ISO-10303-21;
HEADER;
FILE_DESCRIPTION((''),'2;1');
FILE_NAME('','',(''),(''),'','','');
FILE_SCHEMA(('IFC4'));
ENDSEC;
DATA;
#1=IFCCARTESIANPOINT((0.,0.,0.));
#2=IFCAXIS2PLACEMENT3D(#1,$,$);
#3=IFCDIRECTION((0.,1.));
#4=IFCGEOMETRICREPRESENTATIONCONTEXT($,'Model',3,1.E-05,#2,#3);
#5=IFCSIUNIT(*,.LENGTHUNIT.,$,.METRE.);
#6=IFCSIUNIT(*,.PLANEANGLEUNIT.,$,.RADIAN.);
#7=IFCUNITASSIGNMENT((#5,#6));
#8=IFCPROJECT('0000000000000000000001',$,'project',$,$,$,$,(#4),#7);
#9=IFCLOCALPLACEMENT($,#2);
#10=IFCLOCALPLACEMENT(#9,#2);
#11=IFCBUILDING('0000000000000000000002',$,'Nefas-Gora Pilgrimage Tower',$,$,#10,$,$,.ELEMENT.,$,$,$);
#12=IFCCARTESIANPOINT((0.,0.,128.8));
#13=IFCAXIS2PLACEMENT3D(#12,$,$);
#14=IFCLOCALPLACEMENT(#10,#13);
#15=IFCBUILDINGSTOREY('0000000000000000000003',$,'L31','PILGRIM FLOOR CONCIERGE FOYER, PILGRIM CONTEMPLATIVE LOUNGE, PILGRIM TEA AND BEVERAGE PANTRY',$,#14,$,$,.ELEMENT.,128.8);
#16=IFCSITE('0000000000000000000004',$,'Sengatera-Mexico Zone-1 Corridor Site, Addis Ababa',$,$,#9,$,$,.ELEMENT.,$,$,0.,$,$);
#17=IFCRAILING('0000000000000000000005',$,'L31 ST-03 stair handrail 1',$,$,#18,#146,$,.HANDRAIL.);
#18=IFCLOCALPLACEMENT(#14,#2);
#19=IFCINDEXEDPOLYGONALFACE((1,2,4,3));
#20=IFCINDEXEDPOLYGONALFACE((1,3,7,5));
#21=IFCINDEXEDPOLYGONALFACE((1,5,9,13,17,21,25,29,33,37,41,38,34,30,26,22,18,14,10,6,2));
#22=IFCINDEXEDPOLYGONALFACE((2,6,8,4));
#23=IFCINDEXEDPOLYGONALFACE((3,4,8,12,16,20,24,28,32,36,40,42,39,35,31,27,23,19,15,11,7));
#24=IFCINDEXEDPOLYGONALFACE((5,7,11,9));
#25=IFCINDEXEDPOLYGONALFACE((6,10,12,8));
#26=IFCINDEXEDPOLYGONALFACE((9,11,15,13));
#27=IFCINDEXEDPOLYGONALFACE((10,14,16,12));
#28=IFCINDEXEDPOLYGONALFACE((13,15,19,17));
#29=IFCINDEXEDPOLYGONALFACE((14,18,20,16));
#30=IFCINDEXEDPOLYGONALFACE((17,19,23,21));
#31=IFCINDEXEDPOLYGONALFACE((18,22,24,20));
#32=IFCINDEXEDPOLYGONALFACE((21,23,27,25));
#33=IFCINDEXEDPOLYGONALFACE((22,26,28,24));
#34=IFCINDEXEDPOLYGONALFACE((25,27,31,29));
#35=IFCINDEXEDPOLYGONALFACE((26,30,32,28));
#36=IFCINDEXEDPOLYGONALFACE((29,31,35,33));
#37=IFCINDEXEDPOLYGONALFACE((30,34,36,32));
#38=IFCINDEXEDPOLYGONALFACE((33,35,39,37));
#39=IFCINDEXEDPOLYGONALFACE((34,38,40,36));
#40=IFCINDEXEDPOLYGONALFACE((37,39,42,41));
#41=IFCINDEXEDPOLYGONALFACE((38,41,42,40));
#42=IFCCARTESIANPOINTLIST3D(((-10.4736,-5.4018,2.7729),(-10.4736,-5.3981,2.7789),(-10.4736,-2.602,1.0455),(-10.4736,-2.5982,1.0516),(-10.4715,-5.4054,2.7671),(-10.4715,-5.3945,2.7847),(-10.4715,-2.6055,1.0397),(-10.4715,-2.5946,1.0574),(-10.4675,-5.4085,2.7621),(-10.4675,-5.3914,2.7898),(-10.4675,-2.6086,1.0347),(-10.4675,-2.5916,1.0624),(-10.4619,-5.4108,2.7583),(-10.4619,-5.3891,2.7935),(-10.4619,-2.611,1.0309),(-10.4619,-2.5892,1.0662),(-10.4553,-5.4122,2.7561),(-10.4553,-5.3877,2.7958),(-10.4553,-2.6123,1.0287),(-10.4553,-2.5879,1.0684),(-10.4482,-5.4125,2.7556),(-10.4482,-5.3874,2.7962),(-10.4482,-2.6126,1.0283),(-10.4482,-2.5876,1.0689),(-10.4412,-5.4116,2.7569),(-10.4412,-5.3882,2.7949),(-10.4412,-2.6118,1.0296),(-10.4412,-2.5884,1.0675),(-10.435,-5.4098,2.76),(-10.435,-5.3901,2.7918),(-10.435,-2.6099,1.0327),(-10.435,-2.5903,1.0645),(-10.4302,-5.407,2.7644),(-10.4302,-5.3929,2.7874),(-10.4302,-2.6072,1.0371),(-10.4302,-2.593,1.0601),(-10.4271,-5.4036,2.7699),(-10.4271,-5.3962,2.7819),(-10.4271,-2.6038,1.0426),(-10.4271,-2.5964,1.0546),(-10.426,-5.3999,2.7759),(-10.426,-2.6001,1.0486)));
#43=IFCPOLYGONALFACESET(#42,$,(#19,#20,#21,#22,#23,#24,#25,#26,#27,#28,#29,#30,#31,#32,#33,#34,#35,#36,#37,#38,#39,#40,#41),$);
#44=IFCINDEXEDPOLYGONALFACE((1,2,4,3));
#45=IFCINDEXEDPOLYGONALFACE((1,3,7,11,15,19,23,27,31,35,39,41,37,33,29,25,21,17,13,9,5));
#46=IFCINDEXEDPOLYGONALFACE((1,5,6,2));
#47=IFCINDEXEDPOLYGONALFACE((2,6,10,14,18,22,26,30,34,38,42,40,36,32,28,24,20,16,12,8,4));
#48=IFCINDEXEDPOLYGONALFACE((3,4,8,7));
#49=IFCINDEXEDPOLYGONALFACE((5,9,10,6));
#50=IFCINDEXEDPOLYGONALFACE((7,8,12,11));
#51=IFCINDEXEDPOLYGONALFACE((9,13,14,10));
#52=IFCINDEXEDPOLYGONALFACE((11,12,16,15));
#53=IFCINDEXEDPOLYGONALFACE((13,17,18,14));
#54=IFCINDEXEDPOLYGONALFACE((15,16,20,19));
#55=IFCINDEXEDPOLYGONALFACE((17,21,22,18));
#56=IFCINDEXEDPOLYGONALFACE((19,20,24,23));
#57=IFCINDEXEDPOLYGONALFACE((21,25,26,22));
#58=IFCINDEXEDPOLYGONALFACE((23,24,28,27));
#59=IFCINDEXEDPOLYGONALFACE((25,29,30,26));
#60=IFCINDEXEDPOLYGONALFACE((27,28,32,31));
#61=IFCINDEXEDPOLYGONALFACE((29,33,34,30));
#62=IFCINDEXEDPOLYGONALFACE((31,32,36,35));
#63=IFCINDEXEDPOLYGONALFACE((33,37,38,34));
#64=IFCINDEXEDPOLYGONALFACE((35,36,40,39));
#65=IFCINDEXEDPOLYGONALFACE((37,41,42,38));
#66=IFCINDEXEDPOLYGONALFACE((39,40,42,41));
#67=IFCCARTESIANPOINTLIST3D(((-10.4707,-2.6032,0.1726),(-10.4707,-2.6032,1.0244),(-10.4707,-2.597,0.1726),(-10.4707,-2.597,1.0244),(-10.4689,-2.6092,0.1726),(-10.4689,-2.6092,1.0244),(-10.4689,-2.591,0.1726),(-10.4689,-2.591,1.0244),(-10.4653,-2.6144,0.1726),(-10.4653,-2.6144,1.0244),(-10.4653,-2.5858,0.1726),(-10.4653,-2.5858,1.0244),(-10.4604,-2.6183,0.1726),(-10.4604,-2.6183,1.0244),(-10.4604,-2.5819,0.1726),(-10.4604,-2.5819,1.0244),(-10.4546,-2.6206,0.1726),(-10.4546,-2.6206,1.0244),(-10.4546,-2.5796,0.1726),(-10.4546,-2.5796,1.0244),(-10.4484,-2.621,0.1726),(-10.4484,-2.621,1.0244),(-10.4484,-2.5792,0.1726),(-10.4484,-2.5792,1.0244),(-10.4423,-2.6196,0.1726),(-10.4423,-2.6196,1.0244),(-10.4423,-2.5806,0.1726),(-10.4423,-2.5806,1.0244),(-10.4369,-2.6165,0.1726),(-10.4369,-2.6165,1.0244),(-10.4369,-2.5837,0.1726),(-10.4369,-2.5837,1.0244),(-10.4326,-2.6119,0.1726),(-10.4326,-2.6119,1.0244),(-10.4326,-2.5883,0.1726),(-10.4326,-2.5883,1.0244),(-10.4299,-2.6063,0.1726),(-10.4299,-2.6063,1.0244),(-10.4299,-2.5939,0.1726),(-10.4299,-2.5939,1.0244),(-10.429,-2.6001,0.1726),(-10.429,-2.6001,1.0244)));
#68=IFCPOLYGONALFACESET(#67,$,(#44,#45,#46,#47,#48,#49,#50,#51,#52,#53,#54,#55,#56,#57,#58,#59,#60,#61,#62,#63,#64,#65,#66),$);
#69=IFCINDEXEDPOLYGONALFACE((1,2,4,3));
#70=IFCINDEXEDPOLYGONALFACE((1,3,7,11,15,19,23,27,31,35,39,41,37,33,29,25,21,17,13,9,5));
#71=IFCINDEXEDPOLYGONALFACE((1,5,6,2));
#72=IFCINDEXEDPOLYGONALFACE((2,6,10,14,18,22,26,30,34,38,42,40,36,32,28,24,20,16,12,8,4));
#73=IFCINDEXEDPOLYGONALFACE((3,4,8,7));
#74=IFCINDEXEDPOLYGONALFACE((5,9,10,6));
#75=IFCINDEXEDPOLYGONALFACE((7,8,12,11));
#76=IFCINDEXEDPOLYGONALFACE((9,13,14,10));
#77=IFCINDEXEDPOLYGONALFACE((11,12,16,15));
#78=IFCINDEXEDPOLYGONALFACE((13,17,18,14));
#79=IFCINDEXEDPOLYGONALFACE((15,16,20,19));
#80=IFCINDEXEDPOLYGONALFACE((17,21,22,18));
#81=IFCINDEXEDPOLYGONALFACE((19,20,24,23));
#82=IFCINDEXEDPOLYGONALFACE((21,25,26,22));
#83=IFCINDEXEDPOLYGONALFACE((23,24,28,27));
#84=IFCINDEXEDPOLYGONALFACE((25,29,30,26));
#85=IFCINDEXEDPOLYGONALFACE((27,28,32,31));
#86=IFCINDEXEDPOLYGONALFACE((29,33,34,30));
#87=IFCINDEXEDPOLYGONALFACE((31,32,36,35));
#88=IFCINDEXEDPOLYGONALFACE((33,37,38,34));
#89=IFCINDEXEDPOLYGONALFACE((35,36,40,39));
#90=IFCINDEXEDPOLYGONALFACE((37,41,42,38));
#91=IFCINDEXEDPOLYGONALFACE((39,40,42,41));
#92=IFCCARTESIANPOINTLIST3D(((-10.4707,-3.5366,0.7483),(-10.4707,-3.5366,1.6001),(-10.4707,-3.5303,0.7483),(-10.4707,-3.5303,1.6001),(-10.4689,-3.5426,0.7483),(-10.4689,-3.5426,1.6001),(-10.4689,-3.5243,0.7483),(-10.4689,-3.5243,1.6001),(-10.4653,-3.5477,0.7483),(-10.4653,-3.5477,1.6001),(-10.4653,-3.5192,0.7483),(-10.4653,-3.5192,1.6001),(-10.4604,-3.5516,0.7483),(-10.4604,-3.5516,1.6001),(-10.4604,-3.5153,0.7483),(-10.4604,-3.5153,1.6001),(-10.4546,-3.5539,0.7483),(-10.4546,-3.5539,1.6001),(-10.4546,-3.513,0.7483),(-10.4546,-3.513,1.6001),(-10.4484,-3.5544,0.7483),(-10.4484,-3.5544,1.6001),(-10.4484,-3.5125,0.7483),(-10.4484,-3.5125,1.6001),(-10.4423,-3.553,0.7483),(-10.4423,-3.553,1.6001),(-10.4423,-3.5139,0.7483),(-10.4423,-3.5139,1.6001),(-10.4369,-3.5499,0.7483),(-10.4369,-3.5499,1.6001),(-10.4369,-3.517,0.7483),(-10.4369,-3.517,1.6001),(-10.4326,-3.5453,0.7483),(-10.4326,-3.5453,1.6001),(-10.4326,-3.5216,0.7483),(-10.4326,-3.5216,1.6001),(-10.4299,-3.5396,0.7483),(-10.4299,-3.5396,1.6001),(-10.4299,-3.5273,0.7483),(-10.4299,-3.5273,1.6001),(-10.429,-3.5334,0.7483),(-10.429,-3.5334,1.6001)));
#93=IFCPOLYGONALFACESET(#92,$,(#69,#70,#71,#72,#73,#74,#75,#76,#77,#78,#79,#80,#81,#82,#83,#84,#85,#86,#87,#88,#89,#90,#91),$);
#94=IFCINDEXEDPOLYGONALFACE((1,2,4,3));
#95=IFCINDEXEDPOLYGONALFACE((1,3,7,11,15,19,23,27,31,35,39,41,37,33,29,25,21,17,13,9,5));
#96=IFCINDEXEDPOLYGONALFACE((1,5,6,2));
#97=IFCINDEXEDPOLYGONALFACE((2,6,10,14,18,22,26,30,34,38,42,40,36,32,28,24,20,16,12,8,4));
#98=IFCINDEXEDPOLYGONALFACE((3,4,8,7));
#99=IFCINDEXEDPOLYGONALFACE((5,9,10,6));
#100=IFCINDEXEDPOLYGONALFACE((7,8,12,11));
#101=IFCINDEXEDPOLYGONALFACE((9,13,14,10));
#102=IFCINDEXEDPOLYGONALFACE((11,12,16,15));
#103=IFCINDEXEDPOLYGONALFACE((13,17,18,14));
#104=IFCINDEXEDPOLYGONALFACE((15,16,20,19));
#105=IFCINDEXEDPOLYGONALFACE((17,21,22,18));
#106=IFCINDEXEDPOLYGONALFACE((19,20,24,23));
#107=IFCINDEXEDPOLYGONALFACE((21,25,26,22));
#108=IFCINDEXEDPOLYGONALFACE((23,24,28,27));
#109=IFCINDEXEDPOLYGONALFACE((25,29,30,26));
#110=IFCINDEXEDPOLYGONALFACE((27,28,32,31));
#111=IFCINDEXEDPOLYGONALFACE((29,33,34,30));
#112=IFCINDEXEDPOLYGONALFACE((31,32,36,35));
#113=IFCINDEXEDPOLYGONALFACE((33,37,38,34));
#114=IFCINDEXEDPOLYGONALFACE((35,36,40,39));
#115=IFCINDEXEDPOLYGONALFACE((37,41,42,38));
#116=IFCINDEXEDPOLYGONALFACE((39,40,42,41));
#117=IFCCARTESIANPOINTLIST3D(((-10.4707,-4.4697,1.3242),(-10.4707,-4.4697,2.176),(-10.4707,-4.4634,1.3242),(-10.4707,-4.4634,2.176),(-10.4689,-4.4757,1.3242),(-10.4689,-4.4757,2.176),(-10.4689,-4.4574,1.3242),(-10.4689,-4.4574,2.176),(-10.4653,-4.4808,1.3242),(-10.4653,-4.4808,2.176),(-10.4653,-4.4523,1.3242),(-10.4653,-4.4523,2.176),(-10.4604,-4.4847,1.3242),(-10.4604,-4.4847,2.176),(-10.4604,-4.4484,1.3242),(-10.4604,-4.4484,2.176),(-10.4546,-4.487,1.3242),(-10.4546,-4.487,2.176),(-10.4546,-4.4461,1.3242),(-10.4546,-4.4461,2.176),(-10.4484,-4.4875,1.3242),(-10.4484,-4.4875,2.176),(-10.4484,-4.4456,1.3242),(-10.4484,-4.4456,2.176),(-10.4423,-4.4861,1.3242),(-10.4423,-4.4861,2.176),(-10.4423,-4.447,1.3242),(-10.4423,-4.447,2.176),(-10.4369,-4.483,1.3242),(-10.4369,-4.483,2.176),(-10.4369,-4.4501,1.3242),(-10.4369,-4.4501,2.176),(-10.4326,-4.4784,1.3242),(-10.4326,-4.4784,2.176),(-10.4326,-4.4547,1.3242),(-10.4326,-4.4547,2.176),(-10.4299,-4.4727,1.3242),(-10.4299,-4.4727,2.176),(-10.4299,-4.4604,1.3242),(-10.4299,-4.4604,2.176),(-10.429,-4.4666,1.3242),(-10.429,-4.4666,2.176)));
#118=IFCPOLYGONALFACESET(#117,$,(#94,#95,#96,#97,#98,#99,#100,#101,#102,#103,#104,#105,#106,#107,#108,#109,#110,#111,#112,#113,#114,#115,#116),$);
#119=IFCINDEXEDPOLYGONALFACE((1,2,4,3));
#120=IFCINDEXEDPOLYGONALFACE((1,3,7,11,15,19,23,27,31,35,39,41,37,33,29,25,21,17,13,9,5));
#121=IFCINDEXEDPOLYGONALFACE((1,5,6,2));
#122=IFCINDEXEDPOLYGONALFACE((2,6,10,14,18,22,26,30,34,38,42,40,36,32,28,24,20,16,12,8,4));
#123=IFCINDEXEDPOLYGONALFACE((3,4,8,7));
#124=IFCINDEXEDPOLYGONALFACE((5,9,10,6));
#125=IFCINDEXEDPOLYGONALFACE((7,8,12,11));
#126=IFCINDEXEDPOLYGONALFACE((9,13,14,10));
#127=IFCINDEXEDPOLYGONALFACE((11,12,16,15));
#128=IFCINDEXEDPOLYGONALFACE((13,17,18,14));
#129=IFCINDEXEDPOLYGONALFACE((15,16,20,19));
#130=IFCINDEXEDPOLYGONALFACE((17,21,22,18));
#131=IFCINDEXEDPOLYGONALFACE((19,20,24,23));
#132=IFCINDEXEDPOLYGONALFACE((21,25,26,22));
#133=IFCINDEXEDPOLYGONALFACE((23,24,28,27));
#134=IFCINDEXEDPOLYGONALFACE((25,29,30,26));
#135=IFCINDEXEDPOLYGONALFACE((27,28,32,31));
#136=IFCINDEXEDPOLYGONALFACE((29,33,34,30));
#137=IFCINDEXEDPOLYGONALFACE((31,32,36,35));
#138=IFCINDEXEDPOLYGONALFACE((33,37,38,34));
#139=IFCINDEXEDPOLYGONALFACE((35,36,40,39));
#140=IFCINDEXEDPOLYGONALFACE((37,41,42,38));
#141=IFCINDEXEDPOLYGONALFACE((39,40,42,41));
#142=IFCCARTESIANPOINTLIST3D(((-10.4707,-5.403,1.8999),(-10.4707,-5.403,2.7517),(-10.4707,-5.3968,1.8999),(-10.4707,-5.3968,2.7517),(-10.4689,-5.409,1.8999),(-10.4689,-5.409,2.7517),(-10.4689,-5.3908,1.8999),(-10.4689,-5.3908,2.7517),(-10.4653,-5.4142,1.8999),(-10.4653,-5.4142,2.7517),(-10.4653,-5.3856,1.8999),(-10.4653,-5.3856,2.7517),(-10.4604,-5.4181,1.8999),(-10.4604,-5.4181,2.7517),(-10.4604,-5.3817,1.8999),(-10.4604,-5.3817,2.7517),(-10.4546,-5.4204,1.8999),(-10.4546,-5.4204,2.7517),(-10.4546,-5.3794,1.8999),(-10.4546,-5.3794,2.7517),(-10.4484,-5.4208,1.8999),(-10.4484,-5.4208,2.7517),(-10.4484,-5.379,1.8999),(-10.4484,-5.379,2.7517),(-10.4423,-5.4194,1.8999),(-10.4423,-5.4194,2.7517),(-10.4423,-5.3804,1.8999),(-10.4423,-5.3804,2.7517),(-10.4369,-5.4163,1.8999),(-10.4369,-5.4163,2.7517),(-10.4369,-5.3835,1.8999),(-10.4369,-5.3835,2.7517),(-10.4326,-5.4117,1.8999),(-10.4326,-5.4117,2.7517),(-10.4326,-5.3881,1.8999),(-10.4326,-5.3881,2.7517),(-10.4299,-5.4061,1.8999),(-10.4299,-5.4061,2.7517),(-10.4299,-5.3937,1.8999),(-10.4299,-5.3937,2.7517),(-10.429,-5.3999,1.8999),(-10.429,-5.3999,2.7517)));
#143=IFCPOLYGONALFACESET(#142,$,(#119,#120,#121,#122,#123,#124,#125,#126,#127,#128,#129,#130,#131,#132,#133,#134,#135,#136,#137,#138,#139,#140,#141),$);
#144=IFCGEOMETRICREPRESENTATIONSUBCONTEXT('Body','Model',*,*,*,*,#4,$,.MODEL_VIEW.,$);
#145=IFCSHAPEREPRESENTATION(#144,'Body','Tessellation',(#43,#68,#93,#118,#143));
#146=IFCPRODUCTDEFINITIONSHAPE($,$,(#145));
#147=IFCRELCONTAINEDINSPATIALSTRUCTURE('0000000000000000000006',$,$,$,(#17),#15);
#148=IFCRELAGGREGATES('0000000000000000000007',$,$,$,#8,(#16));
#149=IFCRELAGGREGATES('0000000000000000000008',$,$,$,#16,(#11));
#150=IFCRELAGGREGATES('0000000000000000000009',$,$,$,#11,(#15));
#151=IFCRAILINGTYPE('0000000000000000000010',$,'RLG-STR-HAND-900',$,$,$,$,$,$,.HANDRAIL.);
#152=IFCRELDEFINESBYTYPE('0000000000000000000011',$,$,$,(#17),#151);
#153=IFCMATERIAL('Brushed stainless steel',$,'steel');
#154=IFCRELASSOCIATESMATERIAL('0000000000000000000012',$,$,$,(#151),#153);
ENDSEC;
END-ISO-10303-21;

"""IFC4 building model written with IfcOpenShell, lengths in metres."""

from ifc_helpers import new_model, si_unit, direction, frame, origin, origin_2d, place, context, subcontext, project, spatial, circle, extrude, material, type_object, element, save


model = new_model("IFC4")

# Units and contexts
model_context = context("Model", 3, precision=1e-05, world=origin(), true_north=direction((0.0, 1.0)))
body_context = subcontext(model_context, "Body", "Model", "MODEL_VIEW")
ifc_project = project(units=[si_unit("LENGTHUNIT", "METRE"), si_unit("PLANEANGLEUNIT", "RADIAN")], contexts=[model_context])

# Site, building, storey
site_placement = place(None, origin())
site = spatial("IfcSite", under=ifc_project, at=site_placement, Name="Sengatera-Mexico Zone-1 Corridor Site, Addis Ababa", CompositionType="ELEMENT", RefElevation=0.0)
building_placement = place(site_placement, origin())
building = spatial("IfcBuilding", under=site, at=building_placement, Name="Nefas-Gora Pilgrimage Tower", CompositionType="ELEMENT")
storey_placement = place(building_placement, frame((0.0, 0.0, 128.8)))
storey = spatial("IfcBuildingStorey", under=building, at=storey_placement, Name="L31", Description="PILGRIM FLOOR CONCIERGE FOYER, PILGRIM CONTEMPLATIVE LOUNGE, PILGRIM TEA AND BEVERAGE PANTRY", CompositionType="ELEMENT", Elevation=128.8)

# Railing
ifc_material_1 = material(Name="Brushed stainless steel", Category="steel")
railing_type_1 = type_object("IfcRailingType", Name="RLG-STR-HAND-900", PredefinedType="HANDRAIL", material=ifc_material_1)
railing_1_placement = place(storey_placement, frame((-10.45, -2.6001, 0.1726)))
element("IfcRailing", 1, at=railing_1_placement, inside=storey, type_object=railing_type_1, Name="L31 ST-03 stair handrail 1", PredefinedType="HANDRAIL", context=body_context, shape_type="SweptSolid", body=[
    extrude(circle(Radius=0.0239, at=origin_2d()), frame((0.0, 0.0, 0.876), z_axis=(0.0, -0.851069, 0.525054), x_axis=(1.0, 0.0, 0.0)), (0.0, 0.0, 1.0), 3.2898),
    extrude(circle(Radius=0.021, at=origin_2d()), origin(), (0.0, 0.0, 1.0), 0.8518),
    extrude(circle(Radius=0.021, at=origin_2d()), frame((0.0, -0.9333, 0.5757)), (0.0, 0.0, 1.0), 0.8518),
    extrude(circle(Radius=0.021, at=origin_2d()), frame((0.0, -1.8665, 1.1516)), (0.0, 0.0, 1.0), 0.8518),
    extrude(circle(Radius=0.021, at=origin_2d()), frame((0.0, -2.7998, 1.7273)), (0.0, 0.0, 1.0), 0.8518),
])

save(model, "model.ifc")
